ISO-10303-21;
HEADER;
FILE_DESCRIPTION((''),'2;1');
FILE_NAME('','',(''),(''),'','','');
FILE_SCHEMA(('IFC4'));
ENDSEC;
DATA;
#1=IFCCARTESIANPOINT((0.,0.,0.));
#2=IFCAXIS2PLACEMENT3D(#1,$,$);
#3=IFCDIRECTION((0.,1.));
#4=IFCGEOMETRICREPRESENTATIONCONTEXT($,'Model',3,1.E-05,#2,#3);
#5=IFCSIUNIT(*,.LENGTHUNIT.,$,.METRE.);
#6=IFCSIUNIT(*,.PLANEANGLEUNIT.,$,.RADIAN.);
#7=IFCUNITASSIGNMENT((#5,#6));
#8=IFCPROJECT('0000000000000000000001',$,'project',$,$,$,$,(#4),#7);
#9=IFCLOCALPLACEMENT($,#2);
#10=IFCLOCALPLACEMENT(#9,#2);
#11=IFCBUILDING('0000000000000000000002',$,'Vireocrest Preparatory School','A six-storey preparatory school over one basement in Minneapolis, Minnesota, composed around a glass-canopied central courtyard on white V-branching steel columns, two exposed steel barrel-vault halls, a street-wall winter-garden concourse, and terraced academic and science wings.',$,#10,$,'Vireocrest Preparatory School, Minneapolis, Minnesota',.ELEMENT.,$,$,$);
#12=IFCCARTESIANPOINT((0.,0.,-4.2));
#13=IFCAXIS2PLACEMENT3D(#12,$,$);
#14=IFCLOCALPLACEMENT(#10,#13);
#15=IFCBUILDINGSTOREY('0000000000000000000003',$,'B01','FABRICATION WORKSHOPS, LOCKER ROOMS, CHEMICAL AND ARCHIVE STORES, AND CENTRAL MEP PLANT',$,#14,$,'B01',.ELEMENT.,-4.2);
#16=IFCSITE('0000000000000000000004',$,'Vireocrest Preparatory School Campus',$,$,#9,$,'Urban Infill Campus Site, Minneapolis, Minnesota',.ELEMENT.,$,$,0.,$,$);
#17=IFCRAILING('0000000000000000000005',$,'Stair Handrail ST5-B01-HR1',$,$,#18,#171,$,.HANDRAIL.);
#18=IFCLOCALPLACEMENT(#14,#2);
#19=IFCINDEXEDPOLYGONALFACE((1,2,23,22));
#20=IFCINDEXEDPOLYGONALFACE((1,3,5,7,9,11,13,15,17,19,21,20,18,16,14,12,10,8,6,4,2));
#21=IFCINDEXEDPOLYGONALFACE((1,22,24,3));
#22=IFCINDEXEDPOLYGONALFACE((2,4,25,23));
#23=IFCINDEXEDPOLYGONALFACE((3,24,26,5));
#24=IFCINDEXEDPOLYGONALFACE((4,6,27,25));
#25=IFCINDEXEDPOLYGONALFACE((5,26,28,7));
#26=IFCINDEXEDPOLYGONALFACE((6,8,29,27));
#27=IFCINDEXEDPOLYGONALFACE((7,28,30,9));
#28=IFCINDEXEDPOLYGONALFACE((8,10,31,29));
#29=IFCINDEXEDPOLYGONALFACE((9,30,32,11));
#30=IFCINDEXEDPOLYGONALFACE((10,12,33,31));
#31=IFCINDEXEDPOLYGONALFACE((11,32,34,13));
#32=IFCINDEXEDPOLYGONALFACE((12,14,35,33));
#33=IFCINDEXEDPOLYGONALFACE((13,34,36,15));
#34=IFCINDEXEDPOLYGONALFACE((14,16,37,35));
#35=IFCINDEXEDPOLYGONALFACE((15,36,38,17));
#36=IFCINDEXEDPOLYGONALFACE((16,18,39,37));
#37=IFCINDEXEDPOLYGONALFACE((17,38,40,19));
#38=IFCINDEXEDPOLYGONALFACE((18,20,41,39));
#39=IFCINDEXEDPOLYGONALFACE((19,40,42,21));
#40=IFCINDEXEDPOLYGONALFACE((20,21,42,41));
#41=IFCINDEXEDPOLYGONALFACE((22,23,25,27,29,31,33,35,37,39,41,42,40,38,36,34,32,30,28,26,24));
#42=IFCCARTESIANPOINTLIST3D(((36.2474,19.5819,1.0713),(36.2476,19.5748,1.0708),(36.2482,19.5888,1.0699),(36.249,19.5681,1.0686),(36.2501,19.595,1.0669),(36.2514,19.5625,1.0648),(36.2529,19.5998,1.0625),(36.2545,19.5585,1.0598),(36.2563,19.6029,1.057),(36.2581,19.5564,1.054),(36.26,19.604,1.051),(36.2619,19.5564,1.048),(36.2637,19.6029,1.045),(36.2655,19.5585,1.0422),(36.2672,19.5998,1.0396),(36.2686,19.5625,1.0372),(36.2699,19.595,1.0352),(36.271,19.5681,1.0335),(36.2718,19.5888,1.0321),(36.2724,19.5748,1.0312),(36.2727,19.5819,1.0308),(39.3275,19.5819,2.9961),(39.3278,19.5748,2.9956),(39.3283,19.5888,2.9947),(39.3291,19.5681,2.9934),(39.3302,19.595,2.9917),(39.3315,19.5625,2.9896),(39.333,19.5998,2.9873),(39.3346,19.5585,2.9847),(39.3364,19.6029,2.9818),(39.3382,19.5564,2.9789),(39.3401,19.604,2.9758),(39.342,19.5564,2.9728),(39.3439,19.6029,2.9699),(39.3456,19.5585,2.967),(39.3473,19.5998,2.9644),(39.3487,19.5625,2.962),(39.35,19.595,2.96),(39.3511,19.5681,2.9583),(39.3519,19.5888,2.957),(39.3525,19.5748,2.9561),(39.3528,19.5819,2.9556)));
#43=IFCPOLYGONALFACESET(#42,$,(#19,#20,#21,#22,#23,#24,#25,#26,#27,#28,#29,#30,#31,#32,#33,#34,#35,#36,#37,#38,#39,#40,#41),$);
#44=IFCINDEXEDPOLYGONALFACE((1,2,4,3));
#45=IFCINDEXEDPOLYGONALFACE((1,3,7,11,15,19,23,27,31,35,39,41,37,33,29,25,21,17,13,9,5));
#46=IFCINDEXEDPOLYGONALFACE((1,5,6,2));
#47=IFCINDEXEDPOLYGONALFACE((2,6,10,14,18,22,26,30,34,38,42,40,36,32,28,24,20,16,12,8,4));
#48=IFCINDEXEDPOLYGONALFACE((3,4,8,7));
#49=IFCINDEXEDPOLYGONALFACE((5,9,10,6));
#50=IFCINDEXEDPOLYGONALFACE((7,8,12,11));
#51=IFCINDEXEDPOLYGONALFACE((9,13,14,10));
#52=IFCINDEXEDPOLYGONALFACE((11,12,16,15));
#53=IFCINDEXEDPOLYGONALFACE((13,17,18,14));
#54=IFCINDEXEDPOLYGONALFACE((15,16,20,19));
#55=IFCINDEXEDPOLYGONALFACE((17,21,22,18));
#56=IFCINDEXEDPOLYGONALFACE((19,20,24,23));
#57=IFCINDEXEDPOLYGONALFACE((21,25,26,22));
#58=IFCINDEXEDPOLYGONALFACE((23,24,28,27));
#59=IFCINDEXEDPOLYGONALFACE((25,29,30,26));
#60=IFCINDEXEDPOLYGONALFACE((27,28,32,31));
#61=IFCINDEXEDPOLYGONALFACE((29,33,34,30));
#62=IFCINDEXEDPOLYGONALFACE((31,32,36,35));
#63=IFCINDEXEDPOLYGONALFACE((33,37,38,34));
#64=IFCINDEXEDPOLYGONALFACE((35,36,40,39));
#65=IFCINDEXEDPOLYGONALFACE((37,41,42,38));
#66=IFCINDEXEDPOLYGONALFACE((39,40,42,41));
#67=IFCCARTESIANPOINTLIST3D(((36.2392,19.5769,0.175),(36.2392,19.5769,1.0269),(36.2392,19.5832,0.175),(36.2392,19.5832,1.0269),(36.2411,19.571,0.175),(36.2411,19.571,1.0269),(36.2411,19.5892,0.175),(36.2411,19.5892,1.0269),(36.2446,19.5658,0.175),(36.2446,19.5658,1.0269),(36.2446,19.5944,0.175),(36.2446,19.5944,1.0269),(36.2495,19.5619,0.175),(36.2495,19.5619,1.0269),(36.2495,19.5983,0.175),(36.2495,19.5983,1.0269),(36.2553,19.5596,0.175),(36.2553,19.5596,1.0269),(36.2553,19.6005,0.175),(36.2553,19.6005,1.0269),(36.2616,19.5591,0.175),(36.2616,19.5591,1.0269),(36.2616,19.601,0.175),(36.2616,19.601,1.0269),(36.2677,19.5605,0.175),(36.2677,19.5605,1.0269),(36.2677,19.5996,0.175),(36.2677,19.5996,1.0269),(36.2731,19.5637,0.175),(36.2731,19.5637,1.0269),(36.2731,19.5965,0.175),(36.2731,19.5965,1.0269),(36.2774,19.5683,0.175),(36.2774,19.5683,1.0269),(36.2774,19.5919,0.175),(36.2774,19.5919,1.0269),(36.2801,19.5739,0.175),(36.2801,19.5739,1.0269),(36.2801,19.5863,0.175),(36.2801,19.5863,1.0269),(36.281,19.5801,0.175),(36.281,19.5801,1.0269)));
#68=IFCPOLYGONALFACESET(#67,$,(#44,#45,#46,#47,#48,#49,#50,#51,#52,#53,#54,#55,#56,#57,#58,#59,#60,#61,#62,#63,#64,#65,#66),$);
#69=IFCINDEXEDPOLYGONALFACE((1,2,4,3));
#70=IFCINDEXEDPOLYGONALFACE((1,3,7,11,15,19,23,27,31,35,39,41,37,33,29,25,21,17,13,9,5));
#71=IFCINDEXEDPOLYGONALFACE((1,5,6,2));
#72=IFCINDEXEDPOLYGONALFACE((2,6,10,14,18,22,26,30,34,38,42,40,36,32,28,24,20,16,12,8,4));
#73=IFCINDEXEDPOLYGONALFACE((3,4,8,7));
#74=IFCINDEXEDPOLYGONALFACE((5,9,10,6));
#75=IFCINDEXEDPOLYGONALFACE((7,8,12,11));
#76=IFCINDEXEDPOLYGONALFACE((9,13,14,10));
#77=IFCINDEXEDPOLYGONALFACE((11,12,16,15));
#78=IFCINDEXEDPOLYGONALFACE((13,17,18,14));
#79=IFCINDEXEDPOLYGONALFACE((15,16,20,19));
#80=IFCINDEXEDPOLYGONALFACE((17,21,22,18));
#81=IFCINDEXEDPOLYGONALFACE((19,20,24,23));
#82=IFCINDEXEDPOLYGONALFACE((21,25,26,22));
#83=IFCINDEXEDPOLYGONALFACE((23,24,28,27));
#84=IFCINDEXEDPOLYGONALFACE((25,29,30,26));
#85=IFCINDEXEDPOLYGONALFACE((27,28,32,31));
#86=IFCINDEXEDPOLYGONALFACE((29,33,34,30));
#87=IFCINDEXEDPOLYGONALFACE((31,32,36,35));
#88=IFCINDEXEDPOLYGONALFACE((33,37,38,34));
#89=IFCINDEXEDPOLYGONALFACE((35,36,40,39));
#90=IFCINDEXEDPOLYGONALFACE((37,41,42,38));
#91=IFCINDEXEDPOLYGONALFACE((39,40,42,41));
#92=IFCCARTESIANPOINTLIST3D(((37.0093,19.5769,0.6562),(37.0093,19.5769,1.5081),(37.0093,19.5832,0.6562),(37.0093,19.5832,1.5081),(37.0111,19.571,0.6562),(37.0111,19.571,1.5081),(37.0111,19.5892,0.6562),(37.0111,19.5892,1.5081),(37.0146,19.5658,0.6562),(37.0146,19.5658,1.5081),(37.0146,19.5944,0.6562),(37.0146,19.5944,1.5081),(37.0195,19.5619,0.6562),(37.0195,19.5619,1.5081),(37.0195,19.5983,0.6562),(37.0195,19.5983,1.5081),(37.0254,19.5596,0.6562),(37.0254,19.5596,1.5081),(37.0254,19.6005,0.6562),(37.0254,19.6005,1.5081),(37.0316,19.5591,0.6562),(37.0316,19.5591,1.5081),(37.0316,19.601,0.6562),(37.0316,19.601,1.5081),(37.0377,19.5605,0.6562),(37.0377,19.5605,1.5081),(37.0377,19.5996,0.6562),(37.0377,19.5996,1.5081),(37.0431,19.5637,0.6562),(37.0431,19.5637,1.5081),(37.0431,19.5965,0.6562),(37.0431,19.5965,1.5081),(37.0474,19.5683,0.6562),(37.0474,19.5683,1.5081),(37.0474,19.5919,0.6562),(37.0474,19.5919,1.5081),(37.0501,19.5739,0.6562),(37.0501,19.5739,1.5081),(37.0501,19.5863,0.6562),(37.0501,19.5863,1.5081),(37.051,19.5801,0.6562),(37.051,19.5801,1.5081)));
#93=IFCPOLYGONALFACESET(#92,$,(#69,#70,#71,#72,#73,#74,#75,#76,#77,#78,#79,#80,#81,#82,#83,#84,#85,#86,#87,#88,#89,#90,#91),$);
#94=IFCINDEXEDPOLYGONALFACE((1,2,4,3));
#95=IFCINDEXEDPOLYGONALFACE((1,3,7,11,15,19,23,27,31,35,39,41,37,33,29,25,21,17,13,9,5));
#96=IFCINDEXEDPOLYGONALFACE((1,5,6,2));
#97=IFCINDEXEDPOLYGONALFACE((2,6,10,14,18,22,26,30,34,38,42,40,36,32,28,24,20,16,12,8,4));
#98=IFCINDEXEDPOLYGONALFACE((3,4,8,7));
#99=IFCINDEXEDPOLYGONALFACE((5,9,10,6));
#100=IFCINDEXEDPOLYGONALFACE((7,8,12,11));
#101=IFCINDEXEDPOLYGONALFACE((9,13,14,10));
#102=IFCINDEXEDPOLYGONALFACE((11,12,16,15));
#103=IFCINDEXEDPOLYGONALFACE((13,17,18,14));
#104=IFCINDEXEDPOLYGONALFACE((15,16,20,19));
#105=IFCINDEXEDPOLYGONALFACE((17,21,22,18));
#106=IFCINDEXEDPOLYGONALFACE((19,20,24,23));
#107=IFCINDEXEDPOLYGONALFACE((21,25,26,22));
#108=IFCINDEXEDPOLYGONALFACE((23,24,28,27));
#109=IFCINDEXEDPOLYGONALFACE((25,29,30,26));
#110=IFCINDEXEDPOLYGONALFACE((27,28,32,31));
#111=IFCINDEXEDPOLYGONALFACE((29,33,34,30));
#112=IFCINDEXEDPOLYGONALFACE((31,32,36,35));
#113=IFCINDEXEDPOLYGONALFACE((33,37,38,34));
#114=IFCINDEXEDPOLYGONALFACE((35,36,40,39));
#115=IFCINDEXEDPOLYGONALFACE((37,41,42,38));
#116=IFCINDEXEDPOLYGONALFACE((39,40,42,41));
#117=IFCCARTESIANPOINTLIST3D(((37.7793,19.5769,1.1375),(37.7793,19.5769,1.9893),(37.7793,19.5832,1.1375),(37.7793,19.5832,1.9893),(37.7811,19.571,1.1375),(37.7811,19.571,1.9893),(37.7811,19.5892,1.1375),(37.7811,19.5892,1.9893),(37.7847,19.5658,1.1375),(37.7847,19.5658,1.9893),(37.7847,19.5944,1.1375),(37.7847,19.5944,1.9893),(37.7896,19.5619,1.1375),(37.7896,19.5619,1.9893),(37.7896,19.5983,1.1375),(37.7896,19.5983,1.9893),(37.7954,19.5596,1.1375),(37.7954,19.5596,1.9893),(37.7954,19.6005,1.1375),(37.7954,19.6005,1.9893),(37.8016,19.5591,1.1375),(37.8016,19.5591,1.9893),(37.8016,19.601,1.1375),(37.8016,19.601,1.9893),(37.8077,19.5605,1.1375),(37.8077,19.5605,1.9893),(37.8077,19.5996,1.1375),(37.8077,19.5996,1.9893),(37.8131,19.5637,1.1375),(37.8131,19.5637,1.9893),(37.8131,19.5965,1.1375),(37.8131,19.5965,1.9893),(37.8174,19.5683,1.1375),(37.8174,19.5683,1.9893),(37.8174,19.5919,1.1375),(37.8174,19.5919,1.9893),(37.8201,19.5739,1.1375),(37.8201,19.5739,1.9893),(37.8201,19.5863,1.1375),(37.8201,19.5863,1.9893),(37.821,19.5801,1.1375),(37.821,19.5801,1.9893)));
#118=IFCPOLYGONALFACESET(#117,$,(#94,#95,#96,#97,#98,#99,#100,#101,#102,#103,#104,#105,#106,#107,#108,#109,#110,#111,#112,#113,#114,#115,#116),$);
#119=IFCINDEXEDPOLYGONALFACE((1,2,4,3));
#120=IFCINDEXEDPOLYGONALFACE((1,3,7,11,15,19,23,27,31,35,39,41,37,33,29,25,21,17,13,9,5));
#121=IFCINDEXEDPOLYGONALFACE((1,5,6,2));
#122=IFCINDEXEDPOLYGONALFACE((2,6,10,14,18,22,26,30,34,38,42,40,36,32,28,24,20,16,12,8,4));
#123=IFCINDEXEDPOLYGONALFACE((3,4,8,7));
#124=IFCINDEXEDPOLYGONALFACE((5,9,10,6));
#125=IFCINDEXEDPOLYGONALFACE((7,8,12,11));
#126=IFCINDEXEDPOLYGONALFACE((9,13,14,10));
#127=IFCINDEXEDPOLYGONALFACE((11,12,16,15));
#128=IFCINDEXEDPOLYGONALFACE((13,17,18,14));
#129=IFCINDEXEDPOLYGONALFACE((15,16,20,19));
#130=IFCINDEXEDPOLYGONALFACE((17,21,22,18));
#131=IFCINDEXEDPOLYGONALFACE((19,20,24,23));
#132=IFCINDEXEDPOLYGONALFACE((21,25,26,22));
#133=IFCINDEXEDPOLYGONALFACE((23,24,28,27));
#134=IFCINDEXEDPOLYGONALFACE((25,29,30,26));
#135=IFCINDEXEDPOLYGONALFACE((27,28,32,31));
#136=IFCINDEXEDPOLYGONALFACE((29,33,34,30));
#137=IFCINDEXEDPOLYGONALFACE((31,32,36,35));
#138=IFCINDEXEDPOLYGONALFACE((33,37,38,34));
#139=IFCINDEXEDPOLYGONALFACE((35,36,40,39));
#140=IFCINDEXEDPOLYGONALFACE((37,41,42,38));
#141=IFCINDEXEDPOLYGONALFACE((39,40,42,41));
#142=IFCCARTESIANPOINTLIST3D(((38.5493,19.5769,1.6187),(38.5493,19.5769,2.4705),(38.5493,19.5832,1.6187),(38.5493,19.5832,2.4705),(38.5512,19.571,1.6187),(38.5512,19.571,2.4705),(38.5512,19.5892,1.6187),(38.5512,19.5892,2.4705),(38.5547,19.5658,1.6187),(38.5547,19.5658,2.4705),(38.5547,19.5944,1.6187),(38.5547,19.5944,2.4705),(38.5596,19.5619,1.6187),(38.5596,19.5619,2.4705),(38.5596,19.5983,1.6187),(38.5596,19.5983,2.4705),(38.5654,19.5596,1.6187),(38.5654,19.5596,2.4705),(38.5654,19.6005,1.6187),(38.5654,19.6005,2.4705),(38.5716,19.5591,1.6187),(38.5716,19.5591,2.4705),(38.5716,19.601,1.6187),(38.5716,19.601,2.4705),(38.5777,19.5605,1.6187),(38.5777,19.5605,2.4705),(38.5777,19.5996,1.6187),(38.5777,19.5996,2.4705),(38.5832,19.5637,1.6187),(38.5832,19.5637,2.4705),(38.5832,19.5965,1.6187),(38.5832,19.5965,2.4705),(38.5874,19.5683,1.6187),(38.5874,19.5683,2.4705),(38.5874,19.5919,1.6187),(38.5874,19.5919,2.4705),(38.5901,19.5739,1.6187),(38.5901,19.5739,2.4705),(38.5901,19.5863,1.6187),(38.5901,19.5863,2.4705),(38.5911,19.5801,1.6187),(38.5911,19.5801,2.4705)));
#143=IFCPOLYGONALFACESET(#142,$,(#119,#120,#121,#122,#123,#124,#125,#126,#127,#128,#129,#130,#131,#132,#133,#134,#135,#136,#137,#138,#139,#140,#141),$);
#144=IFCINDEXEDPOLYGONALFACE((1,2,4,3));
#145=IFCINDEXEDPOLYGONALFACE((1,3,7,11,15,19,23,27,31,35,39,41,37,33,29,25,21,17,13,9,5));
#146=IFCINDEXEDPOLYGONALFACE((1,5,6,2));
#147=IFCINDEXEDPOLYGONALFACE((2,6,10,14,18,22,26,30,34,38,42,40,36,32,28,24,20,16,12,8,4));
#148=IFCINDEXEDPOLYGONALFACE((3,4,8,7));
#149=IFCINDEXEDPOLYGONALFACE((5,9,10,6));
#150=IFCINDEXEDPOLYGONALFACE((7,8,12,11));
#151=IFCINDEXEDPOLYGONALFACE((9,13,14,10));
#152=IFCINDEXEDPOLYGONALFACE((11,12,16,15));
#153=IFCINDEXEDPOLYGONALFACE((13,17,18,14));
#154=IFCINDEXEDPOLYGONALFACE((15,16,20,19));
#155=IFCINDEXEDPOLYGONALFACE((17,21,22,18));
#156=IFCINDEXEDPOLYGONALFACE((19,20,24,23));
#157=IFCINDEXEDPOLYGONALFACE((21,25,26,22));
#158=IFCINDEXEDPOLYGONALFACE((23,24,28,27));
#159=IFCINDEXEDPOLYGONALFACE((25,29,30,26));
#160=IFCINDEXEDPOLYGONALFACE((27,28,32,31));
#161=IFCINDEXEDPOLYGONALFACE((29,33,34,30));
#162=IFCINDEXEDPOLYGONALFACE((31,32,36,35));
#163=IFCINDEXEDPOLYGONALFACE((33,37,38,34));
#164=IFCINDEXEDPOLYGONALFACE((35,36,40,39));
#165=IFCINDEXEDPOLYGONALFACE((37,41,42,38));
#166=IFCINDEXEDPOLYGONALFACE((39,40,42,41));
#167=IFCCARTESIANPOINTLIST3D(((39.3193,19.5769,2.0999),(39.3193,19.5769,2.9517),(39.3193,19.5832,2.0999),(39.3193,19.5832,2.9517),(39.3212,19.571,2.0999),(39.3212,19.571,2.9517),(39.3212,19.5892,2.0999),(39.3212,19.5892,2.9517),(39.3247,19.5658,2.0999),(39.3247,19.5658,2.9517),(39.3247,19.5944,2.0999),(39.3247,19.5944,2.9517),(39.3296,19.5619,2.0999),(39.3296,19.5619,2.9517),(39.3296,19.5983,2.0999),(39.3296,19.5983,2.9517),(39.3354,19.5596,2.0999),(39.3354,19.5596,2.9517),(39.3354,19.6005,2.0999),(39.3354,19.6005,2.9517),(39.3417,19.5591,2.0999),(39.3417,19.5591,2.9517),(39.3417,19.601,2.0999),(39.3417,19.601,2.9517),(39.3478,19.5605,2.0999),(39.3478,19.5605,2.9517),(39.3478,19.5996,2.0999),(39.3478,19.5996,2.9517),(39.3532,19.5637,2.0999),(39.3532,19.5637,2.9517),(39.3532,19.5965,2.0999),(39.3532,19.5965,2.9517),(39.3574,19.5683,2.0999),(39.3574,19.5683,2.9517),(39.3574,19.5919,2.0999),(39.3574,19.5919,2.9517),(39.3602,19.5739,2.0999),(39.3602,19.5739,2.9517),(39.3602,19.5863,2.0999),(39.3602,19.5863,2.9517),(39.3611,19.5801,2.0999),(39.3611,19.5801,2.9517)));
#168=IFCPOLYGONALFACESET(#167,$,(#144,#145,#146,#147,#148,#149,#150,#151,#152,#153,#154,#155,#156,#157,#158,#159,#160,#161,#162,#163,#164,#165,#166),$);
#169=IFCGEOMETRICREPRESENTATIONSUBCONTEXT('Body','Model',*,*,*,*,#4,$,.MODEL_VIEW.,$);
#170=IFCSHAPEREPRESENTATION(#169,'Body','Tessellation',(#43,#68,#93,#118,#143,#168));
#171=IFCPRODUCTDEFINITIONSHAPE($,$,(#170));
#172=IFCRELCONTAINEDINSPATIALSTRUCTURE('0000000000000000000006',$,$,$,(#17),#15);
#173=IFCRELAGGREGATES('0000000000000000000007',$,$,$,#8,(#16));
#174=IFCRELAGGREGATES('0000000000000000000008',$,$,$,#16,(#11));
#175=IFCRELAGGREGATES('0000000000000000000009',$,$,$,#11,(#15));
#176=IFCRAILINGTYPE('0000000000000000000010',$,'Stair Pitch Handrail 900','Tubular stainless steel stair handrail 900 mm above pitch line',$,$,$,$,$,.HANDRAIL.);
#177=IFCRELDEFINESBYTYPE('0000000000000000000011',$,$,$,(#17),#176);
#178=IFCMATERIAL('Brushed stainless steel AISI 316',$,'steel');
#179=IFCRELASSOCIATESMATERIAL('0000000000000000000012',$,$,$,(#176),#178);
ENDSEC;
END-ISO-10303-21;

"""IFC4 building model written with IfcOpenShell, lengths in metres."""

from ifc_helpers import new_model, si_unit, direction, frame, origin, origin_2d, place, context, subcontext, project, spatial, circle, extrude, material, type_object, element, save


model = new_model("IFC4")

# Units and contexts
model_context = context("Model", 3, precision=1e-05, world=origin(), true_north=direction((0.0, 1.0)))
body_context = subcontext(model_context, "Body", "Model", "MODEL_VIEW")
ifc_project = project(units=[si_unit("LENGTHUNIT", "METRE"), si_unit("PLANEANGLEUNIT", "RADIAN")], contexts=[model_context])

# Site, building, storey
site_placement = place(None, origin())
site = spatial("IfcSite", under=ifc_project, at=site_placement, Name="Vireocrest Preparatory School Campus", LongName="Urban Infill Campus Site, Minneapolis, Minnesota", CompositionType="ELEMENT", RefElevation=0.0)
building_placement = place(site_placement, origin())
building = spatial("IfcBuilding", under=site, at=building_placement, Name="Vireocrest Preparatory School", Description="A six-storey preparatory school over one basement in Minneapolis, Minnesota, composed around a glass-canopied central courtyard on white V-branching steel columns, two exposed steel barrel-vault halls, a street-wall winter-garden concourse, and terraced academic and science wings.", LongName="Vireocrest Preparatory School, Minneapolis, Minnesota", CompositionType="ELEMENT")
storey_placement = place(building_placement, frame((0.0, 0.0, -4.2)))
storey = spatial("IfcBuildingStorey", under=building, at=storey_placement, Name="B01", Description="FABRICATION WORKSHOPS, LOCKER ROOMS, CHEMICAL AND ARCHIVE STORES, AND CENTRAL MEP PLANT", LongName="B01", CompositionType="ELEMENT", Elevation=-4.2)

# Railing
ifc_material_1 = material(Name="Brushed stainless steel AISI 316", Category="steel")
railing_type_1 = type_object("IfcRailingType", Name="Stair Pitch Handrail 900", Description="Tubular stainless steel stair handrail 900 mm above pitch line", PredefinedType="HANDRAIL", material=ifc_material_1)
railing_1_placement = place(storey_placement, frame((36.26, 19.5801, 0.175)))
element("IfcRailing", 1, at=railing_1_placement, inside=storey, type_object=railing_type_1, Name="Stair Handrail ST5-B01-HR1", PredefinedType="HANDRAIL", context=body_context, shape_type="SweptSolid", body=[
    extrude(circle(Radius=0.0239, at=origin_2d()), frame((0.0, 0.0, 0.876), z_axis=(0.848029, 0.0, 0.529951), x_axis=(0.0, 1.0, 0.0)), (0.0, 0.0, 1.0), 3.6321),
    extrude(circle(Radius=0.021, at=origin_2d()), origin(), (0.0, 0.0, 1.0), 0.8518),
    extrude(circle(Radius=0.021, at=origin_2d()), frame((0.77, 0.0, 0.4812)), (0.0, 0.0, 1.0), 0.8518),
    extrude(circle(Radius=0.021, at=origin_2d()), frame((1.54, 0.0, 0.9624)), (0.0, 0.0, 1.0), 0.8518),
    extrude(circle(Radius=0.021, at=origin_2d()), frame((2.3101, 0.0, 1.4436)), (0.0, 0.0, 1.0), 0.8518),
    extrude(circle(Radius=0.021, at=origin_2d()), frame((3.0801, 0.0, 1.9248)), (0.0, 0.0, 1.0), 0.8518),
])

save(model, "model.ifc")
